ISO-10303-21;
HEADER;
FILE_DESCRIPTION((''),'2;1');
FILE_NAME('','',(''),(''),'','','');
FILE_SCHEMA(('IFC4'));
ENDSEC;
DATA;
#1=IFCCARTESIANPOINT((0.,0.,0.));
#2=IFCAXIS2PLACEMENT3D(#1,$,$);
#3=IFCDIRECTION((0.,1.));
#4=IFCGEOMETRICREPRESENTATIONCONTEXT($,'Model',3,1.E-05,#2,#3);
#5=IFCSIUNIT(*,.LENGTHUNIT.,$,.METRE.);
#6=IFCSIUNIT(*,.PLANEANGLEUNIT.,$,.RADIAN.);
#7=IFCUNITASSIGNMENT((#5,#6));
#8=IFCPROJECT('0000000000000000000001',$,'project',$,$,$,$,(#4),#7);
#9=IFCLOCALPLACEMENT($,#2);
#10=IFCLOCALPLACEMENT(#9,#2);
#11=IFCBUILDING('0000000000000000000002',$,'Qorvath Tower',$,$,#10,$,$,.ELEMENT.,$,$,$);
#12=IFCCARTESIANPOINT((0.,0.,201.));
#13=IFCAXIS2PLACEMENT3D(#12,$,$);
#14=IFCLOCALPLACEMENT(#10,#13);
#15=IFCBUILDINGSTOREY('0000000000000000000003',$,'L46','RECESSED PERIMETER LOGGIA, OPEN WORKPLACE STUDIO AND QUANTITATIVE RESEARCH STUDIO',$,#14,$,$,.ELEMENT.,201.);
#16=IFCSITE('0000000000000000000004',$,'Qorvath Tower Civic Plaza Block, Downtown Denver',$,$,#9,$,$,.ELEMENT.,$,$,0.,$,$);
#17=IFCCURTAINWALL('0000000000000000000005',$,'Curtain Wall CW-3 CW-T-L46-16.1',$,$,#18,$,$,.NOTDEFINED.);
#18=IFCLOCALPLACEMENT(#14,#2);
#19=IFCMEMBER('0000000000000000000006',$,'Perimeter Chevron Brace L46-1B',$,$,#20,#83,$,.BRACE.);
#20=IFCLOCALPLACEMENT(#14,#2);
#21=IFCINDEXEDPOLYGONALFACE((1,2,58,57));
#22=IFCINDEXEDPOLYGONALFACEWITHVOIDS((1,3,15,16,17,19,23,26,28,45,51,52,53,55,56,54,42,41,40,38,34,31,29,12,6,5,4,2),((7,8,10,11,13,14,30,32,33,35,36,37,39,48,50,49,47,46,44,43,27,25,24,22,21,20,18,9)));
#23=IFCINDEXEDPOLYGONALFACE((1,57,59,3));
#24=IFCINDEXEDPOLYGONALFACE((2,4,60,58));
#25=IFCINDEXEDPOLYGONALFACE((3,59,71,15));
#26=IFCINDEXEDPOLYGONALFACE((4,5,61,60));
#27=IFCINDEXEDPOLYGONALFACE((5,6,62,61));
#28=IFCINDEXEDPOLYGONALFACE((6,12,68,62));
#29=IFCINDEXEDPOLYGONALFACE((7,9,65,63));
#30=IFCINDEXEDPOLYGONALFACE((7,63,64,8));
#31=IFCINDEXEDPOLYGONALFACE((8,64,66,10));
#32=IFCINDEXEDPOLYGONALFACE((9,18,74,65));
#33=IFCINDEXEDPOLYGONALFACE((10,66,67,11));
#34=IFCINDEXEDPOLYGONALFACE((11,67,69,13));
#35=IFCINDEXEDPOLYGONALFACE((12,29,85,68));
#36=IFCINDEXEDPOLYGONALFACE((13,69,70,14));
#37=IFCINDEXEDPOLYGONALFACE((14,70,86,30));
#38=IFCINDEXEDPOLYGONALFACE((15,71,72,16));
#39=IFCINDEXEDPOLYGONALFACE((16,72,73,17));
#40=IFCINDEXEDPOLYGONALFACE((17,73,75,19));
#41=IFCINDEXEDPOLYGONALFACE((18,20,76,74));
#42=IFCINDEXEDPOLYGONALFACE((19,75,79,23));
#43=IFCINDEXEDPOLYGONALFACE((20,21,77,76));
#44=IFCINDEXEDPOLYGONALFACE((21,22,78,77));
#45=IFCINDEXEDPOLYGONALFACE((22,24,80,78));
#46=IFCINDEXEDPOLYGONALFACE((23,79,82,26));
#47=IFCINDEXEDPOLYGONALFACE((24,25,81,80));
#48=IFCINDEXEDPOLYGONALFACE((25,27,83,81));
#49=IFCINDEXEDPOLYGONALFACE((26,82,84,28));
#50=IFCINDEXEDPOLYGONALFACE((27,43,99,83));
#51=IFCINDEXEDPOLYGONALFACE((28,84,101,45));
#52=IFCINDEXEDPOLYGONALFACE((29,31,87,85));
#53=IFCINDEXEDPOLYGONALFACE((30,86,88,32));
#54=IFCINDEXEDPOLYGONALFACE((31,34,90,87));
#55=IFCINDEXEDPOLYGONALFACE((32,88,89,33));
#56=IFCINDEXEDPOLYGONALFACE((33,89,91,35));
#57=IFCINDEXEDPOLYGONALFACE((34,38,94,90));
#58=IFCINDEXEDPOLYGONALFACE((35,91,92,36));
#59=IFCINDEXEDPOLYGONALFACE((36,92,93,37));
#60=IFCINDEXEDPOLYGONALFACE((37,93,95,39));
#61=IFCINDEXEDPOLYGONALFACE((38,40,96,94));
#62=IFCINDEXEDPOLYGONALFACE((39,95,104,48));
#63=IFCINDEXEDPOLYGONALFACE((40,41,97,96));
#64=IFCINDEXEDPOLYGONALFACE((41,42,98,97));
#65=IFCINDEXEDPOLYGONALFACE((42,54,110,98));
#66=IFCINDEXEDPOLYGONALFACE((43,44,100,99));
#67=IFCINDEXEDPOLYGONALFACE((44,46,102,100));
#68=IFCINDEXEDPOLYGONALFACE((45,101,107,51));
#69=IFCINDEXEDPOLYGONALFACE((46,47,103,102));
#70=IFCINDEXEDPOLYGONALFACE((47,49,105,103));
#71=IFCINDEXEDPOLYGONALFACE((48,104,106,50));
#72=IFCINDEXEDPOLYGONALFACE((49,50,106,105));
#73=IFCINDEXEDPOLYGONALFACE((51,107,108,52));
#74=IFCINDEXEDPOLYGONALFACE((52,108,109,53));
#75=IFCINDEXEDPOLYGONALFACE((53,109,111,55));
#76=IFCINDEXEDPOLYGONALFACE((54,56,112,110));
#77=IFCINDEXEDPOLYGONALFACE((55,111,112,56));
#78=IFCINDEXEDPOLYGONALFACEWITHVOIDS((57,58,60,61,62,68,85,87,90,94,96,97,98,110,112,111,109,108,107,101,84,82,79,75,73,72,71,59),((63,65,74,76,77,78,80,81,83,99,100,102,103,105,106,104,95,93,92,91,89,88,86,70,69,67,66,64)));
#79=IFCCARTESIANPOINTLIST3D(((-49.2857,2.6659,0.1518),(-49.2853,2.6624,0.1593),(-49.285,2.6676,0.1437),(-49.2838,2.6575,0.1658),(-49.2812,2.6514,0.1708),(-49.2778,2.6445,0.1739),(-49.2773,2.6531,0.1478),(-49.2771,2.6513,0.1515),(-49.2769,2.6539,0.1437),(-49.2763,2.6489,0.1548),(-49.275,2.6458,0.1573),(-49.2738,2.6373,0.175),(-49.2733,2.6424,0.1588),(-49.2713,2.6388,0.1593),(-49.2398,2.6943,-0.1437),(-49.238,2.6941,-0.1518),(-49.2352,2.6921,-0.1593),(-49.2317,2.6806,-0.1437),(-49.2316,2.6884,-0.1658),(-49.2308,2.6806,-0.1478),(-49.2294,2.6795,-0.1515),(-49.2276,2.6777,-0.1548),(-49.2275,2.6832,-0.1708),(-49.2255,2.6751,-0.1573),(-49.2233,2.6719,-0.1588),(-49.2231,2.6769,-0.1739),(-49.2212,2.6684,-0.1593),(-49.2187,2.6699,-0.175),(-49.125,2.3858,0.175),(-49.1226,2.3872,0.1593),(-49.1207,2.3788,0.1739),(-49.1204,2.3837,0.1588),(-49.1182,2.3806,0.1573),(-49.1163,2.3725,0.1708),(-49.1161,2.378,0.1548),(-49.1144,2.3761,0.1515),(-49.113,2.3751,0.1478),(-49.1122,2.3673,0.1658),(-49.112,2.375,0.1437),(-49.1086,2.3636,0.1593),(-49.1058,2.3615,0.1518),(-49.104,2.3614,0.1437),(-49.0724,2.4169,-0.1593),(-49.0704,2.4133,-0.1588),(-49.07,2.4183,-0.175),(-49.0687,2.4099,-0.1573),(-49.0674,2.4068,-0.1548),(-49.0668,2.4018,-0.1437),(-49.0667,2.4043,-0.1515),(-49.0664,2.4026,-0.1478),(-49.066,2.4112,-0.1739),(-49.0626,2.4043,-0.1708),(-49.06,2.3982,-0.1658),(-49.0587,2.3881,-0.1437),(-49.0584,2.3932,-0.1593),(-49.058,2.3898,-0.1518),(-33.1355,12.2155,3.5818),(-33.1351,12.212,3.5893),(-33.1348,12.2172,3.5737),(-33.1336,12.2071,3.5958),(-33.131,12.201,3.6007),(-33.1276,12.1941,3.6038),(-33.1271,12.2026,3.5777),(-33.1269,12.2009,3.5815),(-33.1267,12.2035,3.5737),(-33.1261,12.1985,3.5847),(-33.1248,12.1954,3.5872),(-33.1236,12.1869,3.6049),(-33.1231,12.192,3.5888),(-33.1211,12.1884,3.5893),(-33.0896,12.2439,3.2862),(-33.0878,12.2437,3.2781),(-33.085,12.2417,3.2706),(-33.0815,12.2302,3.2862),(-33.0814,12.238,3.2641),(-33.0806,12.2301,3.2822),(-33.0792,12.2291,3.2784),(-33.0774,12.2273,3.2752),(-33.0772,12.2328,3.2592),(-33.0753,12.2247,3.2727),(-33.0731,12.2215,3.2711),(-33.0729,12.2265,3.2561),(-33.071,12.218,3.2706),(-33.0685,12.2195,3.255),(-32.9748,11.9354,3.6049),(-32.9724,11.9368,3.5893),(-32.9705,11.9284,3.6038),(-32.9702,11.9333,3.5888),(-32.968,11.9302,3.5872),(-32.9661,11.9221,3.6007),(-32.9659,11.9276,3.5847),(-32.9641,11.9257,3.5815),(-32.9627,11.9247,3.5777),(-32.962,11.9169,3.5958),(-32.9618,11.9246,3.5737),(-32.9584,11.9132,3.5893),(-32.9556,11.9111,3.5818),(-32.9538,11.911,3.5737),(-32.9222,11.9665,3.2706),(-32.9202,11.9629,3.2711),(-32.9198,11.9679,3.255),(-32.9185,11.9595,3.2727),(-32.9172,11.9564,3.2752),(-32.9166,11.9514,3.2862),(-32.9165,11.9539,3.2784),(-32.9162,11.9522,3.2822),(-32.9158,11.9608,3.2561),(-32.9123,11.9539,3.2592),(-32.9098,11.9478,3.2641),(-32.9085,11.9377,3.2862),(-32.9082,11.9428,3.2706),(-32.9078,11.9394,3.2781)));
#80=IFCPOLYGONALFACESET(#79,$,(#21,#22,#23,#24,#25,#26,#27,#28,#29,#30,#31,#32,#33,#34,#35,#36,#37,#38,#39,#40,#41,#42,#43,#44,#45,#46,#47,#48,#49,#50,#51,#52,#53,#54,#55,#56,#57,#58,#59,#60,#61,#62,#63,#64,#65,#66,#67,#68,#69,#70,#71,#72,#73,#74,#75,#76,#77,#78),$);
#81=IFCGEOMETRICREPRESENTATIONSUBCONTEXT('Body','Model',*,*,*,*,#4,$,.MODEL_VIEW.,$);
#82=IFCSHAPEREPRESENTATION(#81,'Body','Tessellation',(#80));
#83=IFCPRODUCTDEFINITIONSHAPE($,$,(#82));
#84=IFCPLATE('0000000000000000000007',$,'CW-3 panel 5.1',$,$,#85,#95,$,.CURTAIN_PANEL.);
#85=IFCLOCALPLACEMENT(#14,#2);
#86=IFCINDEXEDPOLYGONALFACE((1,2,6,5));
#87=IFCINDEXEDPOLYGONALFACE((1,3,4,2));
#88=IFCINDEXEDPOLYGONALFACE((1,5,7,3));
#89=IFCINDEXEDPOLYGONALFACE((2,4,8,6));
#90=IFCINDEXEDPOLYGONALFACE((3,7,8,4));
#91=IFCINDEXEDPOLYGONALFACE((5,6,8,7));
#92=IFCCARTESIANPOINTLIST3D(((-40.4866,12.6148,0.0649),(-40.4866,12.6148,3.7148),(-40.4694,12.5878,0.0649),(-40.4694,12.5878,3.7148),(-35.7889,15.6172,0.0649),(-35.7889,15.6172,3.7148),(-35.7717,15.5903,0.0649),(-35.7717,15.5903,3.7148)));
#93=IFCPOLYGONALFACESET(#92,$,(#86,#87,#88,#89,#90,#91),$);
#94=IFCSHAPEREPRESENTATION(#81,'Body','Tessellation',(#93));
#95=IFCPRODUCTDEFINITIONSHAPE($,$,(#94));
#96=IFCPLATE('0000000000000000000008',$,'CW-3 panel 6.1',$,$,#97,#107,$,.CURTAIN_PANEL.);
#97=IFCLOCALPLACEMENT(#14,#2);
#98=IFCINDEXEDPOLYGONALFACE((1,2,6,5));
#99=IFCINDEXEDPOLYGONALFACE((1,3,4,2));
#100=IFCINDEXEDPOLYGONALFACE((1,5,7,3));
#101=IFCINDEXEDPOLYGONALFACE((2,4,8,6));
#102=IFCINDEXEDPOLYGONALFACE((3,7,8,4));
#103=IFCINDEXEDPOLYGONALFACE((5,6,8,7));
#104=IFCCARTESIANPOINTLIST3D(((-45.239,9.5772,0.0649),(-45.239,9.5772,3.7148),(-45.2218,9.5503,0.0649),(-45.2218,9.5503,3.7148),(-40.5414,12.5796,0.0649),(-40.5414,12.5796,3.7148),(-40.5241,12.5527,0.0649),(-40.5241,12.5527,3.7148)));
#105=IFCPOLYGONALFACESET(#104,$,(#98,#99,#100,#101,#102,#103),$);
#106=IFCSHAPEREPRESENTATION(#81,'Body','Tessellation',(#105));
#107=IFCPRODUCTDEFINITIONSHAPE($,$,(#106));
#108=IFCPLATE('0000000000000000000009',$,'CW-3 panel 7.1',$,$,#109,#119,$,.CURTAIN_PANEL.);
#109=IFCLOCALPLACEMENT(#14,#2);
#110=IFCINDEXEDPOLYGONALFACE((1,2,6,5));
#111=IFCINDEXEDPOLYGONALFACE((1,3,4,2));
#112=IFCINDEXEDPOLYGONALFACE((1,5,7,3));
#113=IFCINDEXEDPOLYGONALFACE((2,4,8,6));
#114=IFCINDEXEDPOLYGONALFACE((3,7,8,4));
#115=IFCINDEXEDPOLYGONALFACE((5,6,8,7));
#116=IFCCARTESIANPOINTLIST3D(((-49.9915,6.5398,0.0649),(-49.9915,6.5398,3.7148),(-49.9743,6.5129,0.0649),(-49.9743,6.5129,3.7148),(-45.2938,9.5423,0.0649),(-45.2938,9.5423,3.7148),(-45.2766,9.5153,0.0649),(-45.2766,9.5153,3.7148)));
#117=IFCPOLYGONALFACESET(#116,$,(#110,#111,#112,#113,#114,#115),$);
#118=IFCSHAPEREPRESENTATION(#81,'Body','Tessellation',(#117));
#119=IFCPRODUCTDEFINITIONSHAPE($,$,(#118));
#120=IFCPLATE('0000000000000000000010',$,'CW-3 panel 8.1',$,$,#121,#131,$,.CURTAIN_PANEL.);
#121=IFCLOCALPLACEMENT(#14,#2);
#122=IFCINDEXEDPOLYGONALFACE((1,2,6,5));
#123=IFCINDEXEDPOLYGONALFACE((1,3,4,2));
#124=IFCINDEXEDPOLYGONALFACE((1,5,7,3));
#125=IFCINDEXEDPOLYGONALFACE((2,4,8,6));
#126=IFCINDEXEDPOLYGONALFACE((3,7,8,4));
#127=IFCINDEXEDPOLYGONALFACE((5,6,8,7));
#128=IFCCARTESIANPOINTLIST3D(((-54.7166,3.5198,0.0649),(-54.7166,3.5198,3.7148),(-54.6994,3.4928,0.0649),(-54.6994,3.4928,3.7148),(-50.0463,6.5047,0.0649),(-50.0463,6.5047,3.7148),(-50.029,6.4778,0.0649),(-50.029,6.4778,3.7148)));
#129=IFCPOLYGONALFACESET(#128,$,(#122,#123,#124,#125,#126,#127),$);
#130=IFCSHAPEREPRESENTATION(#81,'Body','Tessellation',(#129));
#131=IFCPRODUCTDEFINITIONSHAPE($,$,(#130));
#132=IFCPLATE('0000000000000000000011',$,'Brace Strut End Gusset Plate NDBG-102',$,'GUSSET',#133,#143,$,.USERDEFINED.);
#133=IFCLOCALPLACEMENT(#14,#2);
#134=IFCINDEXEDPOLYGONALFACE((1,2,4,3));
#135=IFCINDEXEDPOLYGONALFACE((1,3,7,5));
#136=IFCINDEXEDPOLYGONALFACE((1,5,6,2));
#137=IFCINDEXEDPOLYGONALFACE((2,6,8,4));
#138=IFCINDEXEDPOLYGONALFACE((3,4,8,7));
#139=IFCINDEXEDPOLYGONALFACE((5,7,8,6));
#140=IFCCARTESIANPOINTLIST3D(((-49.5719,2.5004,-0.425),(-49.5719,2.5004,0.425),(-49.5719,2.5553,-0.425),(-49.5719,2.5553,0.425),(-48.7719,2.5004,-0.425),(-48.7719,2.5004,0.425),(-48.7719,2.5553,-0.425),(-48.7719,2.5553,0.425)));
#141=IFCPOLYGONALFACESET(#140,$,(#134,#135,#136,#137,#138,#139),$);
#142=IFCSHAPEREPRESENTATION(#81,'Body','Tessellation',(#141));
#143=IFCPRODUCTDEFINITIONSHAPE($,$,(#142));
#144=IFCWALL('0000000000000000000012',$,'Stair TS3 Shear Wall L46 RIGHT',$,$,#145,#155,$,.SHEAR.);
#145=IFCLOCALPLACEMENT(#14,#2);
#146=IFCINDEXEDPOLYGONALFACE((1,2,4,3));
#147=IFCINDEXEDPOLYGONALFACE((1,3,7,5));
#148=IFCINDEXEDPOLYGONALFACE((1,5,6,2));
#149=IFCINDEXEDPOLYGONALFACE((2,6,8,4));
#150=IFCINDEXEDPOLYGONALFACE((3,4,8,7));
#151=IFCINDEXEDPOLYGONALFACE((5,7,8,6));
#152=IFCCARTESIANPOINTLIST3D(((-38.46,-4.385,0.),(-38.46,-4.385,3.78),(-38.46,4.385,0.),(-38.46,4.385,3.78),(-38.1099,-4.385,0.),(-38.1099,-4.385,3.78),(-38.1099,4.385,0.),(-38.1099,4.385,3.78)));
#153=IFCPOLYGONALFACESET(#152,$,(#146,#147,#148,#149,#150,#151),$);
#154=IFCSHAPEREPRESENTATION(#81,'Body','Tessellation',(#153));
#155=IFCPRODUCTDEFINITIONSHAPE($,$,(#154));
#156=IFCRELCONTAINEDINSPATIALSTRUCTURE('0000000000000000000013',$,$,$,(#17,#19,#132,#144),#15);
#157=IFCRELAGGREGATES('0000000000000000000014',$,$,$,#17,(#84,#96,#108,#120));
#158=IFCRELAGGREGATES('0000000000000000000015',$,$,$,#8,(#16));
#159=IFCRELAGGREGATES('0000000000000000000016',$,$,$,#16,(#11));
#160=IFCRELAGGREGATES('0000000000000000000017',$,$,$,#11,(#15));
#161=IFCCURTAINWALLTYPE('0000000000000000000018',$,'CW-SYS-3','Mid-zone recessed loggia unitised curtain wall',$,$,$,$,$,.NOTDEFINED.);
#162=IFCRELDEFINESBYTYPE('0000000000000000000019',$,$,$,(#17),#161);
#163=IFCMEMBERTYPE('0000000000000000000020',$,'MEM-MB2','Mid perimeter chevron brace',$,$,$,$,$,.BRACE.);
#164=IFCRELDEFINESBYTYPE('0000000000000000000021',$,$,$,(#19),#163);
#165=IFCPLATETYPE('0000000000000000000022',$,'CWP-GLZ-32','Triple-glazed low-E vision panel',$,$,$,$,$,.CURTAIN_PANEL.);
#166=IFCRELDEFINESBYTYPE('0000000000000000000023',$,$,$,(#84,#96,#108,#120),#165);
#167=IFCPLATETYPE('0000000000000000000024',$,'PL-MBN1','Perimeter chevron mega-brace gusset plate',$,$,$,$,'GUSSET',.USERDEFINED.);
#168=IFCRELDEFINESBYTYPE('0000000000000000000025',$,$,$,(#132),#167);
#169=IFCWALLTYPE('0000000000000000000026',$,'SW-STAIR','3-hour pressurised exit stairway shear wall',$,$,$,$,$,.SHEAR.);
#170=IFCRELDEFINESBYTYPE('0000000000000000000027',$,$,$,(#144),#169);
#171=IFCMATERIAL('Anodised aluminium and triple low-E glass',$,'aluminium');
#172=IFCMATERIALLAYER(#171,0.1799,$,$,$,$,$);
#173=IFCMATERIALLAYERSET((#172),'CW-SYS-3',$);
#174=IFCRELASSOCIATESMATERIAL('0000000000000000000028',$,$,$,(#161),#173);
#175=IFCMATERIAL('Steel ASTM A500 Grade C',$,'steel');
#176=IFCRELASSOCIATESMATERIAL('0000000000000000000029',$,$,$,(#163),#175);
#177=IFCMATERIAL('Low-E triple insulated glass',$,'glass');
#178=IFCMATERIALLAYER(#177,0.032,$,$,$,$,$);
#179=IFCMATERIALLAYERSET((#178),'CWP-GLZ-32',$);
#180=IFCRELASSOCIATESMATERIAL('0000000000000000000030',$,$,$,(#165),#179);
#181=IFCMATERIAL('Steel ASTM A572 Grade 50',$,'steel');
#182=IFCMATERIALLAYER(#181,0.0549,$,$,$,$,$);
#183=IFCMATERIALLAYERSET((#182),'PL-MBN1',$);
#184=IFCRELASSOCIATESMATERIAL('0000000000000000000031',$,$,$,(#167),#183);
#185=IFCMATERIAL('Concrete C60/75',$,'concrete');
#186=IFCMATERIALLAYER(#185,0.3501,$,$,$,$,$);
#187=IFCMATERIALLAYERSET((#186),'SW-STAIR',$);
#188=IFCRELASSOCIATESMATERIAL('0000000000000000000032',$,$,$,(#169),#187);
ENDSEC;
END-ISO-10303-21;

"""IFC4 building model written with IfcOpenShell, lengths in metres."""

from ifc_helpers import new_model, si_unit, direction, frame, frame_2d, origin, origin_2d, place, context, subcontext, project, spatial, rectangle, hollow_rectangle, extrude, material, layer, layer_set, material_profile, profile_set, type_object, element, aggregate, save


model = new_model("IFC4")

# Units and contexts
model_context = context("Model", 3, precision=1e-05, world=origin(), true_north=direction((0.0, 1.0)))
body_context = subcontext(model_context, "Body", "Model", "MODEL_VIEW")
ifc_project = project(units=[si_unit("LENGTHUNIT", "METRE"), si_unit("PLANEANGLEUNIT", "RADIAN")], contexts=[model_context])

# Site, building, storey
site_placement = place(None, origin())
site = spatial("IfcSite", under=ifc_project, at=site_placement, Name="Qorvath Tower Civic Plaza Block, Downtown Denver", CompositionType="ELEMENT", RefElevation=0.0)
building_placement = place(site_placement, origin())
building = spatial("IfcBuilding", under=site, at=building_placement, Name="Qorvath Tower", CompositionType="ELEMENT")
storey_placement = place(building_placement, frame((0.0, 0.0, 201.0)))
storey = spatial("IfcBuildingStorey", under=building, at=storey_placement, Name="L46", Description="RECESSED PERIMETER LOGGIA, OPEN WORKPLACE STUDIO AND QUANTITATIVE RESEARCH STUDIO", CompositionType="ELEMENT", Elevation=201.0)

# Curtain wall
ifc_material_1 = material(Name="Anodised aluminium and triple low-E glass", Category="aluminium")
ifc_layer_1 = layer(ifc_material_1, 0.1799)
ifc_layer_set_1 = layer_set([ifc_layer_1], Name="CW-SYS-3")
curtain_wall_type = type_object("IfcCurtainWallType", Name="CW-SYS-3", Description="Mid-zone recessed loggia unitised curtain wall", PredefinedType="NOTDEFINED", material=ifc_layer_set_1)
curtain_wall_placement = place(storey_placement, origin())
curtain_wall = element("IfcCurtainWall", 1, at=curtain_wall_placement, inside=storey, type_object=curtain_wall_type, Name="Curtain Wall CW-3 CW-T-L46-16.1", PredefinedType="NOTDEFINED")

# Member
ifc_material_2 = material(Name="Steel ASTM A500 Grade C", Category="steel")
ifc_material_profile_1 = material_profile(ifc_material_2, hollow_rectangle(XDim=0.3557, YDim=0.3557, WallThickness=0.0159, InnerFilletRadius=0.0159, OuterFilletRadius=0.0317, at=origin_2d()), Name="HSS 356x356x16")
ifc_profile_set_1 = profile_set([ifc_material_profile_1], Name="Steel ASTM A500 Grade C")
member_type_1 = type_object("IfcMemberType", Name="MEM-MB2", Description="Mid perimeter chevron brace", PredefinedType="BRACE", material=ifc_profile_set_1)
member_1_placement = place(storey_placement, frame((-49.1719, 2.5278, 0.0), z_axis=(0.846747, 0.50068, 0.17983), x_axis=(-0.508978, 0.86078, 0.0)))
element("IfcMember", 2, at=member_1_placement, inside=storey, type_object=member_type_1, Name="Perimeter Chevron Brace L46-1B", PredefinedType="BRACE", context=body_context, shape_type="SweptSolid", body=[
    extrude(hollow_rectangle(XDim=0.3557, YDim=0.3557, WallThickness=0.0159, InnerFilletRadius=0.0159, OuterFilletRadius=0.0317, at=origin_2d()), origin(), (0.0, 0.0, 1.0), 19.0732),
])

# Plates
ifc_material_3 = material(Name="Low-E triple insulated glass", Category="glass")
ifc_layer_2 = layer(ifc_material_3, 0.032)
ifc_layer_set_2 = layer_set([ifc_layer_2], Name="CWP-GLZ-32")
plate_type_1 = type_object("IfcPlateType", Name="CWP-GLZ-32", Description="Triple-glazed low-E vision panel", PredefinedType="CURTAIN_PANEL", material=ifc_layer_set_2)
plate_1_placement = place(storey_placement, frame((-38.1292, 14.1025, 0.0649), z_axis=(0.0, 0.0, 1.0), x_axis=(-0.842604, -0.538534, 0.0)))
plate_1 = element("IfcPlate", 3, at=plate_1_placement, type_object=plate_type_1, Name="CW-3 panel 5.1", PredefinedType="CURTAIN_PANEL", context=body_context, shape_type="SweptSolid", body=[
    extrude(rectangle(XDim=5.5752, YDim=0.032, at=origin_2d()), origin(), (0.0, 0.0, 1.0), 3.6499),
])
plate_2_placement = place(storey_placement, frame((-42.8816, 11.0649, 0.0649), z_axis=(0.0, 0.0, 1.0), x_axis=(-0.842604, -0.538534, 0.0)))
plate_2 = element("IfcPlate", 4, at=plate_2_placement, type_object=plate_type_1, Name="CW-3 panel 6.1", PredefinedType="CURTAIN_PANEL", context=body_context, shape_type="SweptSolid", body=[
    extrude(rectangle(XDim=5.5752, YDim=0.032, at=origin_2d()), origin(), (0.0, 0.0, 1.0), 3.6499),
])
plate_3_placement = place(storey_placement, frame((-47.634, 8.0276, 0.0649), z_axis=(0.0, 0.0, 1.0), x_axis=(-0.842604, -0.538534, 0.0)))
plate_3 = element("IfcPlate", 5, at=plate_3_placement, type_object=plate_type_1, Name="CW-3 panel 7.1", PredefinedType="CURTAIN_PANEL", context=body_context, shape_type="SweptSolid", body=[
    extrude(rectangle(XDim=5.5752, YDim=0.032, at=origin_2d()), origin(), (0.0, 0.0, 1.0), 3.6499),
])
plate_4_placement = place(storey_placement, frame((-52.3728, 4.9988, 0.0649), z_axis=(0.0, 0.0, 1.0), x_axis=(-0.842604, -0.538534, 0.0)))
plate_4 = element("IfcPlate", 6, at=plate_4_placement, type_object=plate_type_1, Name="CW-3 panel 8.1", PredefinedType="CURTAIN_PANEL", context=body_context, shape_type="SweptSolid", body=[
    extrude(rectangle(XDim=5.5427, YDim=0.032, at=origin_2d()), origin(), (0.0, 0.0, 1.0), 3.6499),
])
aggregate(curtain_wall, [plate_1, plate_2, plate_3, plate_4])
ifc_material_4 = material(Name="Steel ASTM A572 Grade 50", Category="steel")
ifc_layer_3 = layer(ifc_material_4, 0.0549)
ifc_layer_set_3 = layer_set([ifc_layer_3], Name="PL-MBN1")
plate_type_2 = type_object("IfcPlateType", Name="PL-MBN1", Description="Perimeter chevron mega-brace gusset plate", ElementType="GUSSET", PredefinedType="USERDEFINED", material=ifc_layer_set_3)
plate_5_placement = place(storey_placement, frame((-49.1719, 2.5278, -0.425), z_axis=(0.0, 0.0, 1.0), x_axis=(1.0, 0.0, 0.0)))
element("IfcPlate", 7, at=plate_5_placement, inside=storey, type_object=plate_type_2, Name="Brace Strut End Gusset Plate NDBG-102", ObjectType="GUSSET", PredefinedType="USERDEFINED", context=body_context, shape_type="SweptSolid", body=[
    extrude(rectangle(XDim=0.8, YDim=0.0549, at=origin_2d()), origin(), (0.0, 0.0, 1.0), 0.8501),
])

# Wall
ifc_material_5 = material(Name="Concrete C60/75", Category="concrete")
ifc_layer_4 = layer(ifc_material_5, 0.3501)
ifc_layer_set_4 = layer_set([ifc_layer_4], Name="SW-STAIR")
wall_type = type_object("IfcWallType", Name="SW-STAIR", Description="3-hour pressurised exit stairway shear wall", PredefinedType="SHEAR", material=ifc_layer_set_4)
wall_placement = place(storey_placement, frame((-38.2849, 4.385, 0.0), z_axis=(0.0, 0.0, 1.0), x_axis=(0.0, -1.0, 0.0)))
element("IfcWall", 8, at=wall_placement, inside=storey, type_object=wall_type, Name="Stair TS3 Shear Wall L46 RIGHT", PredefinedType="SHEAR", context=body_context, shape_type="SweptSolid", body=[
    extrude(rectangle(XDim=8.77, YDim=0.3501, at=frame_2d((4.385, 0.0))), origin(), (0.0, 0.0, 1.0), 3.78),
])

save(model, "model.ifc")
